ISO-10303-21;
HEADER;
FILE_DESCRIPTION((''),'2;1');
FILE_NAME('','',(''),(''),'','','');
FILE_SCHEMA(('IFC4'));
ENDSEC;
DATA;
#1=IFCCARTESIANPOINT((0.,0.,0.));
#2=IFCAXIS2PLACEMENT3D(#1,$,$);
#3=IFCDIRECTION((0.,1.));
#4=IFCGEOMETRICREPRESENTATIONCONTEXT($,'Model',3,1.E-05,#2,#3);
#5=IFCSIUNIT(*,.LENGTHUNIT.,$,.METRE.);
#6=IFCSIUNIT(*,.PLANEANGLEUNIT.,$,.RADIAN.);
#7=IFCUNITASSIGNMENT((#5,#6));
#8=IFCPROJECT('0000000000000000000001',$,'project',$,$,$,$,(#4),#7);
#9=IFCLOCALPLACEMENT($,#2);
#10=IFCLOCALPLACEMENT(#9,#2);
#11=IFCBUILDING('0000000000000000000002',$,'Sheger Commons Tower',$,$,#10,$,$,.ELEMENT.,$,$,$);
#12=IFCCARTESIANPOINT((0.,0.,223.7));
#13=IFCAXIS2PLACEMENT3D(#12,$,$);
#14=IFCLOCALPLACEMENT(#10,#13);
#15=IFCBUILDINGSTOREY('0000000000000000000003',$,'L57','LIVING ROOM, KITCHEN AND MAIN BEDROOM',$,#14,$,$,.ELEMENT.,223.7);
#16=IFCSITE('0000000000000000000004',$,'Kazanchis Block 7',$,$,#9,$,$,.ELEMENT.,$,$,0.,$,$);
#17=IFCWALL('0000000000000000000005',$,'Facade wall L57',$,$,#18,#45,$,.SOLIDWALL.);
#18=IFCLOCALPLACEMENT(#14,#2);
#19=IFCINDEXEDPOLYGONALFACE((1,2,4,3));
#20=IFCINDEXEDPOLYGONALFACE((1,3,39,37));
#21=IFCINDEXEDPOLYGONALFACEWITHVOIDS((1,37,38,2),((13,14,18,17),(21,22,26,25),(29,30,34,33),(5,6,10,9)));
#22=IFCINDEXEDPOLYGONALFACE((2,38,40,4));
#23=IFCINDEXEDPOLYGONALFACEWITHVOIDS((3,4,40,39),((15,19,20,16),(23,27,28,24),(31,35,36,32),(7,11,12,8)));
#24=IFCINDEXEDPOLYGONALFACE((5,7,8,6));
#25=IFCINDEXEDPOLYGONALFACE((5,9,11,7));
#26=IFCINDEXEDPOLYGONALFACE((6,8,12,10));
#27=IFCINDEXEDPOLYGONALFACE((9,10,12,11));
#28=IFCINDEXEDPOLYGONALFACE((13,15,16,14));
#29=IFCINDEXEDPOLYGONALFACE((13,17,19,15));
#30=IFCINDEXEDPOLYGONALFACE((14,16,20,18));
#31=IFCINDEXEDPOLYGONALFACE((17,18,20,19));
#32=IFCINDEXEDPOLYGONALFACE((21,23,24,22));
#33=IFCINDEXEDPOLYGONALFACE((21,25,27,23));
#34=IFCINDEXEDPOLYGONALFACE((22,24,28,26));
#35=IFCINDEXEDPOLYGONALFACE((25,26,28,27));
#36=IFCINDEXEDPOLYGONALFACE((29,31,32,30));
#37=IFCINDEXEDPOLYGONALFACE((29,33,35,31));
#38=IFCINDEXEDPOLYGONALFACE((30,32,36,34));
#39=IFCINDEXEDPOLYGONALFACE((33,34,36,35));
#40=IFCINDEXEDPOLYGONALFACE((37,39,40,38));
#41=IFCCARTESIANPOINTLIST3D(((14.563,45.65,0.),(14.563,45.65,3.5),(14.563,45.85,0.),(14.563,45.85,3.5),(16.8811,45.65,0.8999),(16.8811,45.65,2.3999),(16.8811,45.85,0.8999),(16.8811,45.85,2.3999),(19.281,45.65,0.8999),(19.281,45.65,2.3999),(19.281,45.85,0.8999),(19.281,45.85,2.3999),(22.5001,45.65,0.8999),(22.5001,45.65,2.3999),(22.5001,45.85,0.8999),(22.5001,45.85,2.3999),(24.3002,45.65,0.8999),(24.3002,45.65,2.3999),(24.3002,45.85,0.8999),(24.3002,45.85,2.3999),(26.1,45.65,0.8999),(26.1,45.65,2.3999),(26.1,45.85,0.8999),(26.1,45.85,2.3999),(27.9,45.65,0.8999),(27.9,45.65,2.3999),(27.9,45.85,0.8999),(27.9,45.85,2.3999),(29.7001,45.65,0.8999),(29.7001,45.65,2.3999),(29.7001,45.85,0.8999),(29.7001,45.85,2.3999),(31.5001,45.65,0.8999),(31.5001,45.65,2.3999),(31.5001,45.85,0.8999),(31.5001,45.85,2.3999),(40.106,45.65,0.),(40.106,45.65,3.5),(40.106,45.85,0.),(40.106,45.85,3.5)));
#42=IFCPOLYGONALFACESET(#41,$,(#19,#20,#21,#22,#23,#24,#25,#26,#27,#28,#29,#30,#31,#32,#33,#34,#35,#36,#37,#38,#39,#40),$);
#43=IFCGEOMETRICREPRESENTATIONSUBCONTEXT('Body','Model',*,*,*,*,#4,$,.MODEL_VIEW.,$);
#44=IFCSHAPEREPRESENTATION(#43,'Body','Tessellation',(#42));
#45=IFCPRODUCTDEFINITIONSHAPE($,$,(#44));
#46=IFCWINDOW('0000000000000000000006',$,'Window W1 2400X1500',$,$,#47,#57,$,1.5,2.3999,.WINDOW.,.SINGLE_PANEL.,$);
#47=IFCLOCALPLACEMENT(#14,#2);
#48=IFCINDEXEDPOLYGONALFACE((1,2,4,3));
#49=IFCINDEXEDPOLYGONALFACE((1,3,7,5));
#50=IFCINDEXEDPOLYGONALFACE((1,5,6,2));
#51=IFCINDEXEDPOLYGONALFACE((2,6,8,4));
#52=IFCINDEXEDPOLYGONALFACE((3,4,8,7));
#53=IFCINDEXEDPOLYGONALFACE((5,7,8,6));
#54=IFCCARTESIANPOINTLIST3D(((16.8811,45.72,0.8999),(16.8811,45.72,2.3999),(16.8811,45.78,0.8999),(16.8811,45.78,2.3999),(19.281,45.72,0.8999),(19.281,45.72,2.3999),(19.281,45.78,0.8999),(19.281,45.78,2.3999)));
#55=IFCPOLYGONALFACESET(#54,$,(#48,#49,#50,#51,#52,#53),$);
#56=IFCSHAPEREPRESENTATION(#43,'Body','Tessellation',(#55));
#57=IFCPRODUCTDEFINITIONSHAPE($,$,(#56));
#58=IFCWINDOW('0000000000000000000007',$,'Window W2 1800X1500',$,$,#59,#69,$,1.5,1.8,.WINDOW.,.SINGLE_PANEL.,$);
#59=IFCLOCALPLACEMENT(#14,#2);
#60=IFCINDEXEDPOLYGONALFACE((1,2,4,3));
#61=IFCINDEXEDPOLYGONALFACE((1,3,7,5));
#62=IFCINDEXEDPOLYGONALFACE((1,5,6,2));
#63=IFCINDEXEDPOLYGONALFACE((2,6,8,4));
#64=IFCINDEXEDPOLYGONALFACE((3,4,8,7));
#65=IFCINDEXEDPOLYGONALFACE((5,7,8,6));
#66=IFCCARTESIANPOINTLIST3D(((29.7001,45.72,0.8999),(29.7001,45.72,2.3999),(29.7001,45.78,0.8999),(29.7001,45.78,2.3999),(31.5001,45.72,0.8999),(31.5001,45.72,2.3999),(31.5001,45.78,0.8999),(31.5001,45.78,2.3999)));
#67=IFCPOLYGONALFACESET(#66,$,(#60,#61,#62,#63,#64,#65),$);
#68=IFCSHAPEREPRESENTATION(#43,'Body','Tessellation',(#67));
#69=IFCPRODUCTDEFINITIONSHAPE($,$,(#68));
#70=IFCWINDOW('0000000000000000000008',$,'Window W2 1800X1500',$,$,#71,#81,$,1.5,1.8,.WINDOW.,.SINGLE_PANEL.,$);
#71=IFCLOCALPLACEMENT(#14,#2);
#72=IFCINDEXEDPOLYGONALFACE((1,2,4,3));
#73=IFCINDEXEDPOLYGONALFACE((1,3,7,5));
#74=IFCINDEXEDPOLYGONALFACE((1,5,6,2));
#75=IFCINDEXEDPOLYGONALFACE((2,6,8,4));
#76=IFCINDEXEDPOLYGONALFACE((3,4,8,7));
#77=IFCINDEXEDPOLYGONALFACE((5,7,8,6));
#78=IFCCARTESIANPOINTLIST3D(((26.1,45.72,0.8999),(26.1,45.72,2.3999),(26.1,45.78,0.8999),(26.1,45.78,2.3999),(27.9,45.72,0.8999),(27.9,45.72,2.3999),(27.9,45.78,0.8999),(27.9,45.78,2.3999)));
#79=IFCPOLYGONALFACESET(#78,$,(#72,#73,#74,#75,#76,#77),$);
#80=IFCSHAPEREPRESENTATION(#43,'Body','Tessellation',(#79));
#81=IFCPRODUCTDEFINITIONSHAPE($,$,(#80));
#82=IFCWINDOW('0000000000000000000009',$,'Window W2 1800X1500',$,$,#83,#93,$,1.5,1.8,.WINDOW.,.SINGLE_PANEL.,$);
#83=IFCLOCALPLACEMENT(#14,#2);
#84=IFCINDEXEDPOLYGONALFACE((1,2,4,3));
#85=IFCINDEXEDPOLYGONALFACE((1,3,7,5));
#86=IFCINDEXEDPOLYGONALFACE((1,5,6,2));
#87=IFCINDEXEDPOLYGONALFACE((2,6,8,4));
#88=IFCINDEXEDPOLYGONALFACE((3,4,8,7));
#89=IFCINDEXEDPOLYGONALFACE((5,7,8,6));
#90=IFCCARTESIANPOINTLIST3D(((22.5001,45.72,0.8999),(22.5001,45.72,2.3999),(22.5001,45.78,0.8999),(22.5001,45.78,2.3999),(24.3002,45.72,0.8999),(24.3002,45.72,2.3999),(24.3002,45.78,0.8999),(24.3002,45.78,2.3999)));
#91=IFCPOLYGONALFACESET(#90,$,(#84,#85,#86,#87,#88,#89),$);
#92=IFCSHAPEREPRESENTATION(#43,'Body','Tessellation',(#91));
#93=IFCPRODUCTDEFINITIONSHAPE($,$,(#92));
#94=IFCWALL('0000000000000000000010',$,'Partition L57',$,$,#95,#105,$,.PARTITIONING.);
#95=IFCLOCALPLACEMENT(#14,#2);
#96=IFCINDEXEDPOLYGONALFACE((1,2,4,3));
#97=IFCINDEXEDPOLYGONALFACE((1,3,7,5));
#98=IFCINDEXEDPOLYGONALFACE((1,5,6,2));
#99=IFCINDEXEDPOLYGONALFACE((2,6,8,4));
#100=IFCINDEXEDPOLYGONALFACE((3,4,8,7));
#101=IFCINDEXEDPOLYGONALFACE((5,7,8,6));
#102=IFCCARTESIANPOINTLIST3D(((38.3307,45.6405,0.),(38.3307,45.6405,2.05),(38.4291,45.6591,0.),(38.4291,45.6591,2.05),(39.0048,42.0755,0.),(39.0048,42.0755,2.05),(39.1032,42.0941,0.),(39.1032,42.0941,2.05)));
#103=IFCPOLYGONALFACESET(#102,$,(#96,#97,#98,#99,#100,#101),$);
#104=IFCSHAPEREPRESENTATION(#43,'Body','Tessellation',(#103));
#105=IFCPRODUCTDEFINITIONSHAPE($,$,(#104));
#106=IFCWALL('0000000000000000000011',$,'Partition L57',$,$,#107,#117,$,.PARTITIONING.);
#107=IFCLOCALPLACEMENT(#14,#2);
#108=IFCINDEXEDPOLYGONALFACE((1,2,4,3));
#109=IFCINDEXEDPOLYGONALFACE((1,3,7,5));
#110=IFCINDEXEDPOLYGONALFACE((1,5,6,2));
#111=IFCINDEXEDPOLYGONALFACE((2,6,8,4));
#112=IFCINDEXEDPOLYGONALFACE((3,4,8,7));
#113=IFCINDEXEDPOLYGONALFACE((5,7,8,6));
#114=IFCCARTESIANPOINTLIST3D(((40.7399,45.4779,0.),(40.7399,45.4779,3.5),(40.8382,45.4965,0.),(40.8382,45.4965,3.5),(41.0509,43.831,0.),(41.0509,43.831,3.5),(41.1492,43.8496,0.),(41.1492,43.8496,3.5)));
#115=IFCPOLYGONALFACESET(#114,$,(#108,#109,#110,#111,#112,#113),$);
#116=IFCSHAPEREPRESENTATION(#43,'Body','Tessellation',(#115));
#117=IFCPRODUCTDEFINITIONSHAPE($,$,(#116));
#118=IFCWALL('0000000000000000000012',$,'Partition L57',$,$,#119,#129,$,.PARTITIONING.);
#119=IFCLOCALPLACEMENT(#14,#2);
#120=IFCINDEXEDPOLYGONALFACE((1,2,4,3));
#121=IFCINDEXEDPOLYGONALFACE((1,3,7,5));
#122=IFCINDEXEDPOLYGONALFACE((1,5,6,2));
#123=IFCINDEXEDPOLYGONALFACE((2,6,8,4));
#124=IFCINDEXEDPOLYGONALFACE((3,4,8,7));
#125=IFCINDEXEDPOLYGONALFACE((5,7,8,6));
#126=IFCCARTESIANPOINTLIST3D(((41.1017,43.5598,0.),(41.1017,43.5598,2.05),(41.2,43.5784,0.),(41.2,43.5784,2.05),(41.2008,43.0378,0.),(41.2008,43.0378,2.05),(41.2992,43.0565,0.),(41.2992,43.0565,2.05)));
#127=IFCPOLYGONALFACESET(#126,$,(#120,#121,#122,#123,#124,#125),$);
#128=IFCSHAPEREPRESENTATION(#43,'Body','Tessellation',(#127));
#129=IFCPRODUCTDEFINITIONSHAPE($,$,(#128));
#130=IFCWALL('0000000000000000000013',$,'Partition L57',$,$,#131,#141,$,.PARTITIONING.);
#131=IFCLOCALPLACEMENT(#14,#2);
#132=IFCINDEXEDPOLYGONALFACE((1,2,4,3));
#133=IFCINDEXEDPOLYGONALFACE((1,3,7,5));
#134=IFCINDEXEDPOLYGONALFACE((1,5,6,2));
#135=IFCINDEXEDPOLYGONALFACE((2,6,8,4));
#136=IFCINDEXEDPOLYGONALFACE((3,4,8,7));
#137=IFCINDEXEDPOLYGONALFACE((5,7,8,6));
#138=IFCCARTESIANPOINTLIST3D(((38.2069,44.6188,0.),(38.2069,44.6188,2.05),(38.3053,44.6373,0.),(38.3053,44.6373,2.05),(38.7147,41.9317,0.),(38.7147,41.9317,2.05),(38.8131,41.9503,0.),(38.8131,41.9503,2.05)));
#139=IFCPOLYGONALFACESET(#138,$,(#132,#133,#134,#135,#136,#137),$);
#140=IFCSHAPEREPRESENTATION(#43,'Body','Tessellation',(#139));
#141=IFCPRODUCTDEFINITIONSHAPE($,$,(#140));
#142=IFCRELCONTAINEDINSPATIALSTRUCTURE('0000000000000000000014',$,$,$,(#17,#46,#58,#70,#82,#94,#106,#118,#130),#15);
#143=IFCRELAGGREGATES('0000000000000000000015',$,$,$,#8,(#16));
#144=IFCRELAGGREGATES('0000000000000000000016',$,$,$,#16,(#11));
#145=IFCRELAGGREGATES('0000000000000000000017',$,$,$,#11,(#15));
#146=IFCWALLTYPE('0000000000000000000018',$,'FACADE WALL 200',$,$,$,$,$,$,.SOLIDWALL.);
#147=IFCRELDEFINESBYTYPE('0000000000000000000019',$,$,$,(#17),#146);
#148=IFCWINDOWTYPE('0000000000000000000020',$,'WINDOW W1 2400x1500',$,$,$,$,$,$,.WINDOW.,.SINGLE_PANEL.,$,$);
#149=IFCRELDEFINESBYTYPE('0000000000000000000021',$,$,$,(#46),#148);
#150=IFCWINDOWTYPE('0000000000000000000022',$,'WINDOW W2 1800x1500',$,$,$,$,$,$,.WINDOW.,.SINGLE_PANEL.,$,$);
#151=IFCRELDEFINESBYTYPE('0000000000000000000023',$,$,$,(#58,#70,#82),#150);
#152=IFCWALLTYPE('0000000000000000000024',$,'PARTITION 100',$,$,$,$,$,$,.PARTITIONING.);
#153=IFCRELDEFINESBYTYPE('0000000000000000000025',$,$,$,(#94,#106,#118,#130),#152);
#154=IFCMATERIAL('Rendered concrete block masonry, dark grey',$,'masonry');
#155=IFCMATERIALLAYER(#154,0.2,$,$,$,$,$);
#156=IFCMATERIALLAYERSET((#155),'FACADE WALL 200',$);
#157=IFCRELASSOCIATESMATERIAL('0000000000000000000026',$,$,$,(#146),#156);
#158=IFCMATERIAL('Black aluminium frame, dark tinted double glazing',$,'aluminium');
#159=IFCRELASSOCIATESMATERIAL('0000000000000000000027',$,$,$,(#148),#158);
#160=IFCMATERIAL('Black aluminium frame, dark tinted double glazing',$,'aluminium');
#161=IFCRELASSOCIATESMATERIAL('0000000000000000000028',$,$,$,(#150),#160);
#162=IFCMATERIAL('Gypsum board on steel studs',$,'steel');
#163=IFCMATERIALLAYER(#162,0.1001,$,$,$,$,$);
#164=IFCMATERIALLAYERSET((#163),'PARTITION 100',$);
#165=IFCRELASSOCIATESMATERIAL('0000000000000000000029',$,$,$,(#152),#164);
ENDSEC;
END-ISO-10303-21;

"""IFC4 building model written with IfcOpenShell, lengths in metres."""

from ifc_helpers import new_model, si_unit, direction, frame, frame_2d, origin, place, context, subcontext, project, spatial, rectangle, extrude, material, layer, layer_set, type_object, element, fill, save


model = new_model("IFC4")

# Units and contexts
model_context = context("Model", 3, precision=1e-05, world=origin(), true_north=direction((0.0, 1.0)))
body_context = subcontext(model_context, "Body", "Model", "MODEL_VIEW")
ifc_project = project(units=[si_unit("LENGTHUNIT", "METRE"), si_unit("PLANEANGLEUNIT", "RADIAN")], contexts=[model_context])

# Site, building, storey
site_placement = place(None, origin())
site = spatial("IfcSite", under=ifc_project, at=site_placement, Name="Kazanchis Block 7", CompositionType="ELEMENT", RefElevation=0.0)
building_placement = place(site_placement, origin())
building = spatial("IfcBuilding", under=site, at=building_placement, Name="Sheger Commons Tower", CompositionType="ELEMENT")
storey_placement = place(building_placement, frame((0.0, 0.0, 223.7)))
storey = spatial("IfcBuildingStorey", under=building, at=storey_placement, Name="L57", Description="LIVING ROOM, KITCHEN AND MAIN BEDROOM", CompositionType="ELEMENT", Elevation=223.7)

# Shared definitions
ifc_material_1 = material(Name="Rendered concrete block masonry, dark grey", Category="masonry")
ifc_layer_1 = layer(ifc_material_1, 0.2)
ifc_layer_set_1 = layer_set([ifc_layer_1], Name="FACADE WALL 200")
wall_type_1 = type_object("IfcWallType", Name="FACADE WALL 200", PredefinedType="SOLIDWALL", material=ifc_layer_set_1)

# Wall, openings, windows
wall_1_placement = place(storey_placement, frame((40.106, 45.75, 0.0), z_axis=(0.0, 0.0, 1.0), x_axis=(-1.0, 0.0, 0.0)))
wall_1 = element("IfcWall", 1, at=wall_1_placement, inside=storey, type_object=wall_type_1, Name="Facade wall L57", PredefinedType="SOLIDWALL", context=body_context, shape_type="SweptSolid", body=[
    extrude(rectangle(XDim=25.543, YDim=0.2, at=frame_2d((12.7715, 0.0))), origin(), (0.0, 0.0, 1.0), 3.5),
])
opening_1_placement = place(wall_1_placement, frame((8.606, 0.0, 0.8999)))
opening_1 = element("IfcOpeningElement", 2, at=opening_1_placement, cuts=wall_1, PredefinedType="OPENING", context=body_context, shape_type="SweptSolid", body=[
    extrude(rectangle(XDim=1.8, YDim=1.5, at=frame_2d((0.8999, 0.75))), frame((0.0, 0.1099, 0.0), z_axis=(0.0, -1.0, 0.0), x_axis=(1.0, 0.0, 0.0)), (0.0, 0.0, 1.0), 0.22),
])
opening_2_placement = place(wall_1_placement, frame((12.2061, 0.0, 0.8999)))
opening_2 = element("IfcOpeningElement", 3, at=opening_2_placement, cuts=wall_1, PredefinedType="OPENING", context=body_context, shape_type="SweptSolid", body=[
    extrude(rectangle(XDim=1.8, YDim=1.5, at=frame_2d((0.8999, 0.75))), frame((0.0, 0.1099, 0.0), z_axis=(0.0, -1.0, 0.0), x_axis=(1.0, 0.0, 0.0)), (0.0, 0.0, 1.0), 0.22),
])
opening_3_placement = place(wall_1_placement, frame((15.8059, 0.0, 0.8999)))
opening_3 = element("IfcOpeningElement", 4, at=opening_3_placement, cuts=wall_1, PredefinedType="OPENING", context=body_context, shape_type="SweptSolid", body=[
    extrude(rectangle(XDim=1.8, YDim=1.5, at=frame_2d((0.8999, 0.75))), frame((0.0, 0.1099, 0.0), z_axis=(0.0, -1.0, 0.0), x_axis=(1.0, 0.0, 0.0)), (0.0, 0.0, 1.0), 0.22),
])
opening_4_placement = place(wall_1_placement, frame((20.825, 0.0, 0.8999)))
opening_4 = element("IfcOpeningElement", 5, at=opening_4_placement, cuts=wall_1, PredefinedType="OPENING", context=body_context, shape_type="SweptSolid", body=[
    extrude(rectangle(XDim=2.3999, YDim=1.5, at=frame_2d((1.2, 0.75))), frame((0.0, 0.1099, 0.0), z_axis=(0.0, -1.0, 0.0), x_axis=(1.0, 0.0, 0.0)), (0.0, 0.0, 1.0), 0.22),
])
ifc_material_2 = material(Name="Black aluminium frame, dark tinted double glazing", Category="aluminium")
window_type_1 = type_object("IfcWindowType", Name="WINDOW W1 2400x1500", PartitioningType="SINGLE_PANEL", PredefinedType="WINDOW", material=ifc_material_2)
window_1_placement = place(opening_4_placement, origin())
window_1 = element("IfcWindow", 6, at=window_1_placement, inside=storey, type_object=window_type_1, Name="Window W1 2400X1500", OverallHeight=1.5, OverallWidth=2.3999, PartitioningType="SINGLE_PANEL", PredefinedType="WINDOW", context=body_context, shape_type="SweptSolid", body=[
    extrude(rectangle(XDim=2.3999, YDim=1.5, at=frame_2d((1.2, 0.75))), frame((0.0, 0.03, 0.0), z_axis=(0.0, -1.0, 0.0), x_axis=(1.0, 0.0, 0.0)), (0.0, 0.0, 1.0), 0.0601),
])
fill(opening_4, window_1)
ifc_material_3 = material(Name="Black aluminium frame, dark tinted double glazing", Category="aluminium")
window_type_2 = type_object("IfcWindowType", Name="WINDOW W2 1800x1500", PartitioningType="SINGLE_PANEL", PredefinedType="WINDOW", material=ifc_material_3)
window_2_placement = place(opening_1_placement, origin())
window_2 = element("IfcWindow", 7, at=window_2_placement, inside=storey, type_object=window_type_2, Name="Window W2 1800X1500", OverallHeight=1.5, OverallWidth=1.8, PartitioningType="SINGLE_PANEL", PredefinedType="WINDOW", context=body_context, shape_type="SweptSolid", body=[
    extrude(rectangle(XDim=1.8, YDim=1.5, at=frame_2d((0.8999, 0.75))), frame((0.0, 0.03, 0.0), z_axis=(0.0, -1.0, 0.0), x_axis=(1.0, 0.0, 0.0)), (0.0, 0.0, 1.0), 0.0601),
])
fill(opening_1, window_2)
window_3_placement = place(opening_2_placement, origin())
window_3 = element("IfcWindow", 8, at=window_3_placement, inside=storey, type_object=window_type_2, Name="Window W2 1800X1500", OverallHeight=1.5, OverallWidth=1.8, PartitioningType="SINGLE_PANEL", PredefinedType="WINDOW", context=body_context, shape_type="SweptSolid", body=[
    extrude(rectangle(XDim=1.8, YDim=1.5, at=frame_2d((0.8999, 0.75))), frame((0.0, 0.03, 0.0), z_axis=(0.0, -1.0, 0.0), x_axis=(1.0, 0.0, 0.0)), (0.0, 0.0, 1.0), 0.0601),
])
fill(opening_2, window_3)
window_4_placement = place(opening_3_placement, origin())
window_4 = element("IfcWindow", 9, at=window_4_placement, inside=storey, type_object=window_type_2, Name="Window W2 1800X1500", OverallHeight=1.5, OverallWidth=1.8, PartitioningType="SINGLE_PANEL", PredefinedType="WINDOW", context=body_context, shape_type="SweptSolid", body=[
    extrude(rectangle(XDim=1.8, YDim=1.5, at=frame_2d((0.8999, 0.75))), frame((0.0, 0.03, 0.0), z_axis=(0.0, -1.0, 0.0), x_axis=(1.0, 0.0, 0.0)), (0.0, 0.0, 1.0), 0.0601),
])
fill(opening_3, window_4)

# Walls
ifc_material_4 = material(Name="Gypsum board on steel studs", Category="steel")
ifc_layer_2 = layer(ifc_material_4, 0.1001)
ifc_layer_set_2 = layer_set([ifc_layer_2], Name="PARTITION 100")
wall_type_2 = type_object("IfcWallType", Name="PARTITION 100", PredefinedType="PARTITIONING", material=ifc_layer_set_2)
wall_2_placement = place(storey_placement, frame((39.054, 42.085, 0.0), z_axis=(0.0, 0.0, 1.0), x_axis=(-0.185792, 0.982589, 0.0)))
element("IfcWall", 10, at=wall_2_placement, inside=storey, type_object=wall_type_2, Name="Partition L57", PredefinedType="PARTITIONING", context=body_context, shape_type="SweptSolid", body=[
    extrude(rectangle(XDim=3.6282, YDim=0.1001, at=frame_2d((1.814, 0.0))), origin(), (0.0, 0.0, 1.0), 2.05),
])
wall_3_placement = place(storey_placement, frame((40.7891, 45.4871, 0.0), z_axis=(0.0, 0.0, 1.0), x_axis=(0.185572, -0.982631, 0.0)))
element("IfcWall", 11, at=wall_3_placement, inside=storey, type_object=wall_type_2, Name="Partition L57", PredefinedType="PARTITIONING", context=body_context, shape_type="SweptSolid", body=[
    extrude(rectangle(XDim=1.676, YDim=0.1001, at=frame_2d((0.8379, 0.0))), origin(), (0.0, 0.0, 1.0), 3.5),
])
wall_4_placement = place(storey_placement, frame((41.1509, 43.5691, 0.0), z_axis=(0.0, 0.0, 1.0), x_axis=(0.186563, -0.982443, 0.0)))
element("IfcWall", 12, at=wall_4_placement, inside=storey, type_object=wall_type_2, Name="Partition L57", PredefinedType="PARTITIONING", context=body_context, shape_type="SweptSolid", body=[
    extrude(rectangle(XDim=0.5312, YDim=0.1001, at=frame_2d((0.2656, 0.0))), origin(), (0.0, 0.0, 1.0), 2.05),
])
wall_5_placement = place(storey_placement, frame((38.2561, 44.6279, 0.0), z_axis=(0.0, 0.0, 1.0), x_axis=(0.185701, -0.982606, 0.0)))
element("IfcWall", 13, at=wall_5_placement, inside=storey, type_object=wall_type_2, Name="Partition L57", PredefinedType="PARTITIONING", context=body_context, shape_type="SweptSolid", body=[
    extrude(rectangle(XDim=2.7346, YDim=0.1001, at=frame_2d((1.3672, 0.0))), origin(), (0.0, 0.0, 1.0), 2.05),
])

save(model, "model.ifc")
